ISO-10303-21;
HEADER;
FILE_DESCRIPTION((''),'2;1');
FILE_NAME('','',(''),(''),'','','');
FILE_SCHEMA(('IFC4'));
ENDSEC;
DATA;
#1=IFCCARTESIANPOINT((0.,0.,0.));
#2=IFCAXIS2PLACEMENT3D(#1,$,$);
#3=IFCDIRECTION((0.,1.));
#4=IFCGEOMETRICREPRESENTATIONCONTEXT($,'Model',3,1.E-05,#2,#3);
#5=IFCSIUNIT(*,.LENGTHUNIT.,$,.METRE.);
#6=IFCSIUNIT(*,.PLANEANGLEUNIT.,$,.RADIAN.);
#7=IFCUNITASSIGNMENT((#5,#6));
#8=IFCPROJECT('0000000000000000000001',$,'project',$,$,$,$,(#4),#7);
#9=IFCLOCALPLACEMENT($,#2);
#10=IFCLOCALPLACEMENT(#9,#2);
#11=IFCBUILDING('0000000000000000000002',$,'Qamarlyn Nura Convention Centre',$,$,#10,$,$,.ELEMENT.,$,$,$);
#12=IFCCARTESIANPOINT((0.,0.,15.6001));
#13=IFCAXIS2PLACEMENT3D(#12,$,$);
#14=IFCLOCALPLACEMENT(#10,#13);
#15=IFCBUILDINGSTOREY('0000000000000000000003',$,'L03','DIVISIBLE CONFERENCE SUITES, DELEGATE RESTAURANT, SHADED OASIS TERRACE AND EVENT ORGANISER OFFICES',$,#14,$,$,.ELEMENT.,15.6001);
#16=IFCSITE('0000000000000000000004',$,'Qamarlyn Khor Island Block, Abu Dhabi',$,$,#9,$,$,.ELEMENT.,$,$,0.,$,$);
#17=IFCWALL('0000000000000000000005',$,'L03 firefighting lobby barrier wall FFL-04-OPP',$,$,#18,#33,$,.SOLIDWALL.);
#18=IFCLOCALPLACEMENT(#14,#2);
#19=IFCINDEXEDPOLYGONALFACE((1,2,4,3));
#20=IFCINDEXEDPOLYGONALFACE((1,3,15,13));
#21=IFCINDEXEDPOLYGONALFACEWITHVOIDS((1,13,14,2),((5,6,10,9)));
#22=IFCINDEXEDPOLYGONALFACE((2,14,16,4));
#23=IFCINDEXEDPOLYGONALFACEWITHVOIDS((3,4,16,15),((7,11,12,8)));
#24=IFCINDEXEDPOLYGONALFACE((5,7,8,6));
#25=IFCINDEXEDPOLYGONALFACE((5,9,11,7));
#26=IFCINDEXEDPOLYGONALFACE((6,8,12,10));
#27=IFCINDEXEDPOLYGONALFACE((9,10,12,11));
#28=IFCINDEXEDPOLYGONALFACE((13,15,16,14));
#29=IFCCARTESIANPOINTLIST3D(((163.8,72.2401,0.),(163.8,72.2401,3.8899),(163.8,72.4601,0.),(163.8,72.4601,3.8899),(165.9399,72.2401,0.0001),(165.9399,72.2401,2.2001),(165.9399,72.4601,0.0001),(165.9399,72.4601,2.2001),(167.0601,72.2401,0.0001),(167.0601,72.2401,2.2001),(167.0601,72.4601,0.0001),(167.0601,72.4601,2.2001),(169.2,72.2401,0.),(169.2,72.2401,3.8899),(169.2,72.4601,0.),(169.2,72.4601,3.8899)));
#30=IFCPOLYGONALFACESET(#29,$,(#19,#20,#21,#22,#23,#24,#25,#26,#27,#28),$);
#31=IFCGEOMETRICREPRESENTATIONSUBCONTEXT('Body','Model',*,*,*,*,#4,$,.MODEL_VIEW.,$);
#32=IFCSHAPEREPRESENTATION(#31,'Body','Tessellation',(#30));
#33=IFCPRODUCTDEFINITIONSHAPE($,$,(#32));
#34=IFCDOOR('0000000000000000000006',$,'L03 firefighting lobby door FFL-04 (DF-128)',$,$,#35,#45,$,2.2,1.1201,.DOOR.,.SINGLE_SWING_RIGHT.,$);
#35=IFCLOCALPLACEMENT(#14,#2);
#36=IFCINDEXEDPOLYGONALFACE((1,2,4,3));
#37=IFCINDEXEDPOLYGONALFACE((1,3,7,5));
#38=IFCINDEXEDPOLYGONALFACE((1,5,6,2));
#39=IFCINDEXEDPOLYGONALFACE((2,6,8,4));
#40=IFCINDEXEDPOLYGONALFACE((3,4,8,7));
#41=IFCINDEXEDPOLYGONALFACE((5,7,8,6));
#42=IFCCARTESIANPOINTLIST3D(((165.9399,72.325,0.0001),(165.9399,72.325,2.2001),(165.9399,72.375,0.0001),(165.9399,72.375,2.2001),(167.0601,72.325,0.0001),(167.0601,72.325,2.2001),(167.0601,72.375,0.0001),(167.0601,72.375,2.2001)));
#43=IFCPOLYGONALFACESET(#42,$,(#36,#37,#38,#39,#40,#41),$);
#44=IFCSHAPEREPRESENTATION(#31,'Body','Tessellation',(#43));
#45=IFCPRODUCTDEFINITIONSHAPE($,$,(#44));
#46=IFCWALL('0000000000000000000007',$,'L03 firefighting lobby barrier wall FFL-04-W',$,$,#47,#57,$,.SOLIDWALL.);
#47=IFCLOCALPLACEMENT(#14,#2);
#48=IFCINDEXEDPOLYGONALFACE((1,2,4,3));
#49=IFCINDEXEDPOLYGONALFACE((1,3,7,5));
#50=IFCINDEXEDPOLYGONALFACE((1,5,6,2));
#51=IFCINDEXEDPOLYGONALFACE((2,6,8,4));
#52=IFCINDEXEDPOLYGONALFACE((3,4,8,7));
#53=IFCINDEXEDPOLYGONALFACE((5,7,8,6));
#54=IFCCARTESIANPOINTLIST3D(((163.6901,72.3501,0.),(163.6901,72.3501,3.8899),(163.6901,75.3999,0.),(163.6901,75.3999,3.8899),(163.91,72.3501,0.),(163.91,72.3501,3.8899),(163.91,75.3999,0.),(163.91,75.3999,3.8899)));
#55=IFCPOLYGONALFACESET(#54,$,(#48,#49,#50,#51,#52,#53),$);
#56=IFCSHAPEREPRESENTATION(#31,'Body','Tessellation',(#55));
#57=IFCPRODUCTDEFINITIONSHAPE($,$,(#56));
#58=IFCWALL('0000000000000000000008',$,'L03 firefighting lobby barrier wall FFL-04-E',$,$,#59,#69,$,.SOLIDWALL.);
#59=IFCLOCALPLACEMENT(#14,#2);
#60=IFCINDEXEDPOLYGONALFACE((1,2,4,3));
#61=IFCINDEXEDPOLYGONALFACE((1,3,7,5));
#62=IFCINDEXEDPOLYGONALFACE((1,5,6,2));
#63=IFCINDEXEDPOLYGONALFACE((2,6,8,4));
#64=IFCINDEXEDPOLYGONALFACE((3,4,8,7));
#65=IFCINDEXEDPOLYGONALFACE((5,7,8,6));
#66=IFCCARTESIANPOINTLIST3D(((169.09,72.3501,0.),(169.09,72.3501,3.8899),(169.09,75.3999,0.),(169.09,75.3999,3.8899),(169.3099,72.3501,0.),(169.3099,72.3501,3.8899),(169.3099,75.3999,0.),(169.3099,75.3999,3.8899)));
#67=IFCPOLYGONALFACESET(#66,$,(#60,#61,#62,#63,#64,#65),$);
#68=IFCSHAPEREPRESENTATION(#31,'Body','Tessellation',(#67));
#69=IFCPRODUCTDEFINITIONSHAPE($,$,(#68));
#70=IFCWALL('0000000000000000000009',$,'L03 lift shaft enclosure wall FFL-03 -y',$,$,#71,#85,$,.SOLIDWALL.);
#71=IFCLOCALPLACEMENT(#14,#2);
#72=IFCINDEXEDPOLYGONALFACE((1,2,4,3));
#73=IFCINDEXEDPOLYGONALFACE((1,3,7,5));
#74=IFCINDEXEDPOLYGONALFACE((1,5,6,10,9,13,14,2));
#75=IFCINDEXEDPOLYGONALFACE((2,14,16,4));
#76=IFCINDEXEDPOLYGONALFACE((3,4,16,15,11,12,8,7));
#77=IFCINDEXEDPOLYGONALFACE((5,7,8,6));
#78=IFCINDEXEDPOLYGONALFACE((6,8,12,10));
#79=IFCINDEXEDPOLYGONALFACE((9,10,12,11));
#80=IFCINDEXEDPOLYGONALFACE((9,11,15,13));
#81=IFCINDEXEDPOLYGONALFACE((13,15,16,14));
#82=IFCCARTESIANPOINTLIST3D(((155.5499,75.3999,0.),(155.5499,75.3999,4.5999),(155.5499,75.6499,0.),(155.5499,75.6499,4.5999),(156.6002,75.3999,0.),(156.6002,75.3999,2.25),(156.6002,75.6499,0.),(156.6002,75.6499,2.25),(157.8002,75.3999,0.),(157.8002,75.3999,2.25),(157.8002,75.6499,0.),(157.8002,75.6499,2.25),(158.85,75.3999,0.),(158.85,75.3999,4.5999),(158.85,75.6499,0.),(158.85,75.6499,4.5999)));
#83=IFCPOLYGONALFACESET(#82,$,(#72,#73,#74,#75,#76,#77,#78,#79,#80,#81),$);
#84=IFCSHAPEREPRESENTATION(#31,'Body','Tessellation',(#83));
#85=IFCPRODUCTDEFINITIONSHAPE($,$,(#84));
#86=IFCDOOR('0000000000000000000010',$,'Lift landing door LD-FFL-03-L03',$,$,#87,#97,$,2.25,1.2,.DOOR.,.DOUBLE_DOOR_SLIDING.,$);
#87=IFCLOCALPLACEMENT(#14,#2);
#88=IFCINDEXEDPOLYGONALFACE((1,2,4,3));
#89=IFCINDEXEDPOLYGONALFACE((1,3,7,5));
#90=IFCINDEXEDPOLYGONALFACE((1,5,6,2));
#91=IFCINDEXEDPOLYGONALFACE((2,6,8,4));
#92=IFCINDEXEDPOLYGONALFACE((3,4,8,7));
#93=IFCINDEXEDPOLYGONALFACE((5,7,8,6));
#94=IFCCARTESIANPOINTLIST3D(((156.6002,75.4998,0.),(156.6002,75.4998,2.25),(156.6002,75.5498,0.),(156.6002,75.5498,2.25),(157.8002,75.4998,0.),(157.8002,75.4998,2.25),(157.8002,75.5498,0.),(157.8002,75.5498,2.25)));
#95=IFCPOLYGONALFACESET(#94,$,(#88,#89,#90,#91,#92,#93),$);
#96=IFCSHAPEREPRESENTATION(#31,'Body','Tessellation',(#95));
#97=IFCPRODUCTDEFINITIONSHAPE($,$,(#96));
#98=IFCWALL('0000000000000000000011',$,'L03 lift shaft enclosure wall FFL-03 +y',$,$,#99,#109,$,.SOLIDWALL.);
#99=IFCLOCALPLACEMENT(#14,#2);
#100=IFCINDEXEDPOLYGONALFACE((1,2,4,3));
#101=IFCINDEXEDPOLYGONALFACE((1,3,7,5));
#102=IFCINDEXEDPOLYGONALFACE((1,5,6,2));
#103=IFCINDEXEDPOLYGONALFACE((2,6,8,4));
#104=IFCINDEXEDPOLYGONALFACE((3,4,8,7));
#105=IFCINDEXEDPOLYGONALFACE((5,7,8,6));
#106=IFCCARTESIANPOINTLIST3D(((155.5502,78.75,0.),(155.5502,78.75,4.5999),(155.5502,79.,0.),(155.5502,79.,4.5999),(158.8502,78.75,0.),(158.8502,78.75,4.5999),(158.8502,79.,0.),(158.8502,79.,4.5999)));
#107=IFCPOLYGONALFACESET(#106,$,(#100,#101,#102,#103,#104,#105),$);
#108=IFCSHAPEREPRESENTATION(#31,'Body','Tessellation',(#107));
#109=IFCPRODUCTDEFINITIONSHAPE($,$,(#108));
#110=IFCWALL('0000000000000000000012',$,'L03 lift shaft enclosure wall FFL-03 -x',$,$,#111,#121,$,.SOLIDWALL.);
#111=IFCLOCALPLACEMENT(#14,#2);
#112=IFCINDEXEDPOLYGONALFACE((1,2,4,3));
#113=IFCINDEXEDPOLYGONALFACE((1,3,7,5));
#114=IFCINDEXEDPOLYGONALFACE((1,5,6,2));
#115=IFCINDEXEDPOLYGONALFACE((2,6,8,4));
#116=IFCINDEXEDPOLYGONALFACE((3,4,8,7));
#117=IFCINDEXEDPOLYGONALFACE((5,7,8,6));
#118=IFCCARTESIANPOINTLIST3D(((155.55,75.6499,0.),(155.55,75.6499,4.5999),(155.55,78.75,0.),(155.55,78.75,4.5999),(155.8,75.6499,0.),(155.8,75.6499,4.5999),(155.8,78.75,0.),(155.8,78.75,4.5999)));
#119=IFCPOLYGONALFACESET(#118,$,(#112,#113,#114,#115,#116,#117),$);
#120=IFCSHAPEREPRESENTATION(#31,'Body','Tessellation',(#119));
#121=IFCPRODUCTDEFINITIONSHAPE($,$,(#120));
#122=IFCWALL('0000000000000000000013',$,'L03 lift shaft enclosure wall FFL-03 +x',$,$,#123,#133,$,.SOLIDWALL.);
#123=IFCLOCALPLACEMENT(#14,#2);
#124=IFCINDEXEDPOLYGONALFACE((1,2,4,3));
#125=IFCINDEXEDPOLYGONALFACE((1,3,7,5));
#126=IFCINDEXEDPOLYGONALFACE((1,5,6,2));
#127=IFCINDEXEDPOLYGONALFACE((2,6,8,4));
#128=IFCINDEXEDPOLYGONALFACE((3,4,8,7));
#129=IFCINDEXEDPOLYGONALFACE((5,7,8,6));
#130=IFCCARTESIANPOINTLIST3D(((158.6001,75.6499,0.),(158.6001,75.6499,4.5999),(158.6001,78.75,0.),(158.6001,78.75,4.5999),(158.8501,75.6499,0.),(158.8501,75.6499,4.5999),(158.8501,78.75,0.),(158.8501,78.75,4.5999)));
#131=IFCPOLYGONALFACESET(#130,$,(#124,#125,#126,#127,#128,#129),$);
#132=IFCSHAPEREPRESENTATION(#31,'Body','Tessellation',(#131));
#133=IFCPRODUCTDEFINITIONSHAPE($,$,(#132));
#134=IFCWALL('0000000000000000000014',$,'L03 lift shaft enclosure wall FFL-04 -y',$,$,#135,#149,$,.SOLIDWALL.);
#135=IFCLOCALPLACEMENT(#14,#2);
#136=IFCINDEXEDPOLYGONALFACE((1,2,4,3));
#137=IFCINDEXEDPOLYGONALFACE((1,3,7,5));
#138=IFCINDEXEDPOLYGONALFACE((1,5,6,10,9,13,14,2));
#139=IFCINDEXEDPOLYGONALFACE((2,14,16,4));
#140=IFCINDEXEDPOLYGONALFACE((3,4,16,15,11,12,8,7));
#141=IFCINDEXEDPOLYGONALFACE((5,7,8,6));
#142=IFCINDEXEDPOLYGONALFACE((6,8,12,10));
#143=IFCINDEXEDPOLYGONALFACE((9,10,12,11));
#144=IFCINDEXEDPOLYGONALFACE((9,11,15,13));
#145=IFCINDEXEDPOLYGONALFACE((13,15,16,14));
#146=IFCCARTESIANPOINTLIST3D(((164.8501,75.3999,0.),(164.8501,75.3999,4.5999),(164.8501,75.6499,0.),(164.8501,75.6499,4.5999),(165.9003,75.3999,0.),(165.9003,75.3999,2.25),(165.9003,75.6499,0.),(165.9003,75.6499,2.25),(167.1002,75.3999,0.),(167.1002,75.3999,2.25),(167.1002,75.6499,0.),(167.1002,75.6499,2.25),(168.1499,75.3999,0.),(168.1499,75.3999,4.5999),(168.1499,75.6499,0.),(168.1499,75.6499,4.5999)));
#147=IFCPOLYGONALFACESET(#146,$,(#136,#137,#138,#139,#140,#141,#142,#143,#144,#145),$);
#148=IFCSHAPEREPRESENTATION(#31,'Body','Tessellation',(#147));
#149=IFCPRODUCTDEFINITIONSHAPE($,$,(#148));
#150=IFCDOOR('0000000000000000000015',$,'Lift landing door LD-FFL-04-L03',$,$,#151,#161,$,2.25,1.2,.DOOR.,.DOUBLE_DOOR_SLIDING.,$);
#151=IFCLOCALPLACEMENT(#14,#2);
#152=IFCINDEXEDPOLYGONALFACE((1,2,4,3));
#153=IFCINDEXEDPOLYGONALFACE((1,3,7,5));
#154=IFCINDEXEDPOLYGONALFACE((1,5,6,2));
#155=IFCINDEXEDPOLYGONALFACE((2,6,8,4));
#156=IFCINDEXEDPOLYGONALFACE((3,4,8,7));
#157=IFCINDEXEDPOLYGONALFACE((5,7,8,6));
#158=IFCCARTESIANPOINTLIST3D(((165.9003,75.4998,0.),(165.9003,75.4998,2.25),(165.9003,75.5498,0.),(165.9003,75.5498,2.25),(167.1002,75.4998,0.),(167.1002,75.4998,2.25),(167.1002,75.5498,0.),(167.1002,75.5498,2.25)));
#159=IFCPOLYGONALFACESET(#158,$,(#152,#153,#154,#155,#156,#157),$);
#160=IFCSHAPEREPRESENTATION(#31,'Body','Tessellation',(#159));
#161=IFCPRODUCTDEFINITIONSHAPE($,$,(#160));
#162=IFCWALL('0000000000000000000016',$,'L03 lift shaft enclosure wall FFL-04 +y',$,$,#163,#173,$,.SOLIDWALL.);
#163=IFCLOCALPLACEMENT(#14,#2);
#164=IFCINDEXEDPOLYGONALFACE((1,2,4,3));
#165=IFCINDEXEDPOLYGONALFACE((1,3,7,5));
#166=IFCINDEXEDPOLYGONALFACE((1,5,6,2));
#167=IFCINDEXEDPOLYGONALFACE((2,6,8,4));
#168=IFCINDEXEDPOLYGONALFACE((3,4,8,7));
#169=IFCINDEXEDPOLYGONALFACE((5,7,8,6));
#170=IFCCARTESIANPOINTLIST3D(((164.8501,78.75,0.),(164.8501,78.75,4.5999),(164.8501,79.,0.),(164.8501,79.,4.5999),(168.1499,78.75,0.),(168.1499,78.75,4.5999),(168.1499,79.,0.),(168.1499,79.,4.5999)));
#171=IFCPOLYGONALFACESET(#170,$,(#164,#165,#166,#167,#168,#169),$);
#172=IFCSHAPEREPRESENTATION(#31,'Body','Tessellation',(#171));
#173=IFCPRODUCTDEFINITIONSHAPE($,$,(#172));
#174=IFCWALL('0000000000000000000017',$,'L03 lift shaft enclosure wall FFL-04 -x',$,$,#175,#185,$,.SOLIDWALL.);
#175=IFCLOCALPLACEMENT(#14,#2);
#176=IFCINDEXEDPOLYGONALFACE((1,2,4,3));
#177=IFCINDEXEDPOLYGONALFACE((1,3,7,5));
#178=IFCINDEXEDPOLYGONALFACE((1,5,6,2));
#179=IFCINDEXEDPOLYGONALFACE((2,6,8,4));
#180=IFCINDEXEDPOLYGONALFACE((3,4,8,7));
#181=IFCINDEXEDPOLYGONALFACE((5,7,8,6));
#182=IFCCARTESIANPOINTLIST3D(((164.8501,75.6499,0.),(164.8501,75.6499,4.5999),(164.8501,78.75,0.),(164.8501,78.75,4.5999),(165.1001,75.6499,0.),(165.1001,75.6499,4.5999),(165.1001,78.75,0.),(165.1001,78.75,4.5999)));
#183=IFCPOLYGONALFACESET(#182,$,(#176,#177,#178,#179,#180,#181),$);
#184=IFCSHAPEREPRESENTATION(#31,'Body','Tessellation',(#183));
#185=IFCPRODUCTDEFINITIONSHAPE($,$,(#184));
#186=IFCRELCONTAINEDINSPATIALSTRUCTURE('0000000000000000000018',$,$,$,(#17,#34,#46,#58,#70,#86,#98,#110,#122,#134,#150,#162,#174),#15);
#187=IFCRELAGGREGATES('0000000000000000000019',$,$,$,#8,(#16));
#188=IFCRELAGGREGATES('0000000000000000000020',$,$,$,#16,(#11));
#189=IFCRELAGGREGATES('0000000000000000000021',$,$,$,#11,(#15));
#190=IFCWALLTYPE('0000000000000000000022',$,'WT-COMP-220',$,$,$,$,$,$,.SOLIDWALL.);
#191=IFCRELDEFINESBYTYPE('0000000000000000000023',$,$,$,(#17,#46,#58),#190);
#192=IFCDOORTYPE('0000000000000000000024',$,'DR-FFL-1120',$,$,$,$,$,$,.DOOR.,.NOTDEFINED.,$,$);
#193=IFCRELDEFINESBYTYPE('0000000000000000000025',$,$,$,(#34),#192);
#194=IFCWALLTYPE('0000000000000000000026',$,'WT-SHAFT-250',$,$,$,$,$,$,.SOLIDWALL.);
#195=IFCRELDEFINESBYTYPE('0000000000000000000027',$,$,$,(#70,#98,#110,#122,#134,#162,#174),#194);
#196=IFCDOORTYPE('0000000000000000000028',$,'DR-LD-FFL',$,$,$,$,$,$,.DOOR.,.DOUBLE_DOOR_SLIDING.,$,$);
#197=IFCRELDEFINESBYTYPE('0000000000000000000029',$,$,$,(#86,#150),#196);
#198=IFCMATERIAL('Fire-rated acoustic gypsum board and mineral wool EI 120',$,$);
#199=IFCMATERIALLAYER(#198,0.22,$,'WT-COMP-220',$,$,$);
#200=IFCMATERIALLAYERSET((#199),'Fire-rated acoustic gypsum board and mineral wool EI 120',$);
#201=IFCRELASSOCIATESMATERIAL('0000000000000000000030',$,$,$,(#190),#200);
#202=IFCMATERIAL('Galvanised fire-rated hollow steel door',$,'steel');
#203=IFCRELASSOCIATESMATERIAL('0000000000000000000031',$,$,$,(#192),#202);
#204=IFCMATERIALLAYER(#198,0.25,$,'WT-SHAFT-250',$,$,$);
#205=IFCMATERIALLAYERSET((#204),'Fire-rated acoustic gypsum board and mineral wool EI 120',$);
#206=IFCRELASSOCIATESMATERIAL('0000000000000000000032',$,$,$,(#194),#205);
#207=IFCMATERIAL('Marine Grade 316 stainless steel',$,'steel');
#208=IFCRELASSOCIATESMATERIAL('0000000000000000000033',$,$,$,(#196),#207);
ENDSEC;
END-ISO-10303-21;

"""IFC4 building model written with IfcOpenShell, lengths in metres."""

from ifc_helpers import new_model, si_unit, direction, frame, frame_2d, origin, place, context, subcontext, project, spatial, rectangle, extrude, material, layer, layer_set, type_object, element, fill, save


model = new_model("IFC4")

# Units and contexts
model_context = context("Model", 3, precision=1e-05, world=origin(), true_north=direction((0.0, 1.0)))
body_context = subcontext(model_context, "Body", "Model", "MODEL_VIEW")
ifc_project = project(units=[si_unit("LENGTHUNIT", "METRE"), si_unit("PLANEANGLEUNIT", "RADIAN")], contexts=[model_context])

# Site, building, storey
site_placement = place(None, origin())
site = spatial("IfcSite", under=ifc_project, at=site_placement, Name="Qamarlyn Khor Island Block, Abu Dhabi", CompositionType="ELEMENT", RefElevation=0.0)
building_placement = place(site_placement, origin())
building = spatial("IfcBuilding", under=site, at=building_placement, Name="Qamarlyn Nura Convention Centre", CompositionType="ELEMENT")
storey_placement = place(building_placement, frame((0.0, 0.0, 15.6001)))
storey = spatial("IfcBuildingStorey", under=building, at=storey_placement, Name="L03", Description="DIVISIBLE CONFERENCE SUITES, DELEGATE RESTAURANT, SHADED OASIS TERRACE AND EVENT ORGANISER OFFICES", CompositionType="ELEMENT", Elevation=15.6001)

# Shared definitions
ifc_material_1 = material(Name="Fire-rated acoustic gypsum board and mineral wool EI 120")
ifc_layer_1 = layer(ifc_material_1, 0.22, Name="WT-COMP-220")
ifc_layer_set_1 = layer_set([ifc_layer_1], Name="Fire-rated acoustic gypsum board and mineral wool EI 120")
wall_type_1 = type_object("IfcWallType", Name="WT-COMP-220", PredefinedType="SOLIDWALL", material=ifc_layer_set_1)
ifc_material_2 = material(Name="Galvanised fire-rated hollow steel door", Category="steel")
door_type_1 = type_object("IfcDoorType", Name="DR-FFL-1120", OperationType="NOTDEFINED", PredefinedType="DOOR", material=ifc_material_2)

# Wall, opening, door
wall_1_placement = place(storey_placement, frame((163.8, 72.3501, 0.0), z_axis=(0.0, 0.0, 1.0), x_axis=(1.0, 0.0, 0.0)))
wall_1 = element("IfcWall", 1, at=wall_1_placement, inside=storey, type_object=wall_type_1, Name="L03 firefighting lobby barrier wall FFL-04-OPP", PredefinedType="SOLIDWALL", context=body_context, shape_type="SweptSolid", body=[
    extrude(rectangle(XDim=5.3999, YDim=0.22, at=frame_2d((2.7, 0.0))), origin(), (0.0, 0.0, 1.0), 3.8899),
])
opening_1_placement = place(wall_1_placement, frame((2.1399, 0.0, 0.0)))
opening_1 = element("IfcOpeningElement", 2, at=opening_1_placement, cuts=wall_1, PredefinedType="OPENING", context=body_context, shape_type="SweptSolid", body=[
    extrude(rectangle(XDim=1.1201, YDim=2.2, at=frame_2d((0.5601, 1.1001))), frame((0.0, 0.1201, 0.0), z_axis=(0.0, -1.0, 0.0), x_axis=(1.0, 0.0, 0.0)), (0.0, 0.0, 1.0), 0.24),
])
door_1_placement = place(opening_1_placement, origin())
door_1 = element("IfcDoor", 3, at=door_1_placement, inside=storey, type_object=door_type_1, Name="L03 firefighting lobby door FFL-04 (DF-128)", OperationType="SINGLE_SWING_RIGHT", OverallHeight=2.2, OverallWidth=1.1201, PredefinedType="DOOR", context=body_context, shape_type="SweptSolid", body=[
    extrude(rectangle(XDim=1.1201, YDim=2.2, at=frame_2d((0.5601, 1.1001))), frame((0.0, 0.0249, 0.0), z_axis=(0.0, -1.0, 0.0), x_axis=(1.0, 0.0, 0.0)), (0.0, 0.0, 1.0), 0.05),
])
fill(opening_1, door_1)

# Walls
for number, where, z_axis, x_axis, name in (
    (4, (163.8, 72.3501, 0.0), (0.0, 0.0, 1.0), (0.0, 1.0, 0.0), "L03 firefighting lobby barrier wall FFL-04-W"),
    (5, (169.2, 72.3501, 0.0), (0.0, 0.0, 1.0), (0.0, 1.0, 0.0), "L03 firefighting lobby barrier wall FFL-04-E"),
):
    element("IfcWall", number, at=place(storey_placement, frame(where, z_axis=z_axis, x_axis=x_axis)), inside=storey, type_object=wall_type_1, Name=name, PredefinedType="SOLIDWALL", context=body_context, shape_type="SweptSolid", body=[
        extrude(rectangle(XDim=3.0498, YDim=0.22, at=frame_2d((1.5249, 0.0))), origin(), (0.0, 0.0, 1.0), 3.8899),
    ])

# Wall, opening, door
ifc_layer_2 = layer(ifc_material_1, 0.25, Name="WT-SHAFT-250")
ifc_layer_set_2 = layer_set([ifc_layer_2], Name="Fire-rated acoustic gypsum board and mineral wool EI 120")
wall_type_2 = type_object("IfcWallType", Name="WT-SHAFT-250", PredefinedType="SOLIDWALL", material=ifc_layer_set_2)
wall_2_placement = place(storey_placement, frame((155.55, 75.5249, 0.0), z_axis=(0.0, 0.0, 1.0), x_axis=(1.0, 0.0, 0.0)))
wall_2 = element("IfcWall", 6, at=wall_2_placement, inside=storey, type_object=wall_type_2, Name="L03 lift shaft enclosure wall FFL-03 -y", PredefinedType="SOLIDWALL", context=body_context, shape_type="SweptSolid", body=[
    extrude(rectangle(XDim=3.3, YDim=0.25, at=frame_2d((1.6499, 0.0))), origin(), (0.0, 0.0, 1.0), 4.5999),
])
opening_2_placement = place(wall_2_placement, frame((1.05, 0.0, 0.0)))
opening_2 = element("IfcOpeningElement", 7, at=opening_2_placement, cuts=wall_2, PredefinedType="OPENING", context=body_context, shape_type="SweptSolid", body=[
    extrude(rectangle(XDim=1.2, YDim=2.25, at=frame_2d((0.6001, 1.125))), frame((0.0, 0.135, 0.0), z_axis=(0.0, -1.0, 0.0), x_axis=(1.0, 0.0, 0.0)), (0.0, 0.0, 1.0), 0.27),
])
ifc_material_3 = material(Name="Marine Grade 316 stainless steel", Category="steel")
door_type_2 = type_object("IfcDoorType", Name="DR-LD-FFL", OperationType="DOUBLE_DOOR_SLIDING", PredefinedType="DOOR", material=ifc_material_3)
door_2_placement = place(opening_2_placement, origin())
door_2 = element("IfcDoor", 8, at=door_2_placement, inside=storey, type_object=door_type_2, Name="Lift landing door LD-FFL-03-L03", OperationType="DOUBLE_DOOR_SLIDING", OverallHeight=2.25, OverallWidth=1.2, PredefinedType="DOOR", context=body_context, shape_type="SweptSolid", body=[
    extrude(rectangle(XDim=1.2, YDim=2.25, at=frame_2d((0.6001, 1.125))), frame((0.0, 0.0249, 0.0), z_axis=(0.0, -1.0, 0.0), x_axis=(1.0, 0.0, 0.0)), (0.0, 0.0, 1.0), 0.05),
])
fill(opening_2, door_2)

# Walls
wall_3_placement = place(storey_placement, frame((158.8501, 78.875, 0.0), z_axis=(0.0, 0.0, 1.0), x_axis=(-1.0, 0.0, 0.0)))
element("IfcWall", 9, at=wall_3_placement, inside=storey, type_object=wall_type_2, Name="L03 lift shaft enclosure wall FFL-03 +y", PredefinedType="SOLIDWALL", context=body_context, shape_type="SweptSolid", body=[
    extrude(rectangle(XDim=3.3, YDim=0.25, at=frame_2d((1.6499, 0.0))), origin(), (0.0, 0.0, 1.0), 4.5999),
])
for number, where, z_axis, x_axis, name in (
    (10, (155.675, 78.75, 0.0), (0.0, 0.0, 1.0), (0.0, -1.0, 0.0), "L03 lift shaft enclosure wall FFL-03 -x"),
    (11, (158.7251, 75.6499, 0.0), (0.0, 0.0, 1.0), (0.0, 1.0, 0.0), "L03 lift shaft enclosure wall FFL-03 +x"),
):
    element("IfcWall", number, at=place(storey_placement, frame(where, z_axis=z_axis, x_axis=x_axis)), inside=storey, type_object=wall_type_2, Name=name, PredefinedType="SOLIDWALL", context=body_context, shape_type="SweptSolid", body=[
        extrude(rectangle(XDim=3.1001, YDim=0.25, at=frame_2d((1.55, 0.0))), origin(), (0.0, 0.0, 1.0), 4.5999),
    ])

# Wall, opening, door
wall_4_placement = place(storey_placement, frame((164.8501, 75.5249, 0.0), z_axis=(0.0, 0.0, 1.0), x_axis=(1.0, 0.0, 0.0)))
wall_4 = element("IfcWall", 12, at=wall_4_placement, inside=storey, type_object=wall_type_2, Name="L03 lift shaft enclosure wall FFL-04 -y", PredefinedType="SOLIDWALL", context=body_context, shape_type="SweptSolid", body=[
    extrude(rectangle(XDim=3.2998, YDim=0.25, at=frame_2d((1.6499, 0.0))), origin(), (0.0, 0.0, 1.0), 4.5999),
])
opening_3_placement = place(wall_4_placement, frame((1.05, 0.0, 0.0)))
opening_3 = element("IfcOpeningElement", 13, at=opening_3_placement, cuts=wall_4, PredefinedType="OPENING", context=body_context, shape_type="SweptSolid", body=[
    extrude(rectangle(XDim=1.2, YDim=2.25, at=frame_2d((0.6001, 1.125))), frame((0.0, 0.135, 0.0), z_axis=(0.0, -1.0, 0.0), x_axis=(1.0, 0.0, 0.0)), (0.0, 0.0, 1.0), 0.27),
])
door_3_placement = place(opening_3_placement, origin())
door_3 = element("IfcDoor", 14, at=door_3_placement, inside=storey, type_object=door_type_2, Name="Lift landing door LD-FFL-04-L03", OperationType="DOUBLE_DOOR_SLIDING", OverallHeight=2.25, OverallWidth=1.2, PredefinedType="DOOR", context=body_context, shape_type="SweptSolid", body=[
    extrude(rectangle(XDim=1.2, YDim=2.25, at=frame_2d((0.6001, 1.125))), frame((0.0, 0.0249, 0.0), z_axis=(0.0, -1.0, 0.0), x_axis=(1.0, 0.0, 0.0)), (0.0, 0.0, 1.0), 0.05),
])
fill(opening_3, door_3)

# Walls
wall_5_placement = place(storey_placement, frame((168.1499, 78.875, 0.0), z_axis=(0.0, 0.0, 1.0), x_axis=(-1.0, 0.0, 0.0)))
element("IfcWall", 15, at=wall_5_placement, inside=storey, type_object=wall_type_2, Name="L03 lift shaft enclosure wall FFL-04 +y", PredefinedType="SOLIDWALL", context=body_context, shape_type="SweptSolid", body=[
    extrude(rectangle(XDim=3.2998, YDim=0.25, at=frame_2d((1.6499, 0.0))), origin(), (0.0, 0.0, 1.0), 4.5999),
])
for number, where, z_axis, x_axis, name in (
    (16, (164.9751, 78.75, 0.0), (0.0, 0.0, 1.0), (0.0, -1.0, 0.0), "L03 lift shaft enclosure wall FFL-04 -x"),
):
    element("IfcWall", number, at=place(storey_placement, frame(where, z_axis=z_axis, x_axis=x_axis)), inside=storey, type_object=wall_type_2, Name=name, PredefinedType="SOLIDWALL", context=body_context, shape_type="SweptSolid", body=[
        extrude(rectangle(XDim=3.1001, YDim=0.25, at=frame_2d((1.55, 0.0))), origin(), (0.0, 0.0, 1.0), 4.5999),
    ])

save(model, "model.ifc")
